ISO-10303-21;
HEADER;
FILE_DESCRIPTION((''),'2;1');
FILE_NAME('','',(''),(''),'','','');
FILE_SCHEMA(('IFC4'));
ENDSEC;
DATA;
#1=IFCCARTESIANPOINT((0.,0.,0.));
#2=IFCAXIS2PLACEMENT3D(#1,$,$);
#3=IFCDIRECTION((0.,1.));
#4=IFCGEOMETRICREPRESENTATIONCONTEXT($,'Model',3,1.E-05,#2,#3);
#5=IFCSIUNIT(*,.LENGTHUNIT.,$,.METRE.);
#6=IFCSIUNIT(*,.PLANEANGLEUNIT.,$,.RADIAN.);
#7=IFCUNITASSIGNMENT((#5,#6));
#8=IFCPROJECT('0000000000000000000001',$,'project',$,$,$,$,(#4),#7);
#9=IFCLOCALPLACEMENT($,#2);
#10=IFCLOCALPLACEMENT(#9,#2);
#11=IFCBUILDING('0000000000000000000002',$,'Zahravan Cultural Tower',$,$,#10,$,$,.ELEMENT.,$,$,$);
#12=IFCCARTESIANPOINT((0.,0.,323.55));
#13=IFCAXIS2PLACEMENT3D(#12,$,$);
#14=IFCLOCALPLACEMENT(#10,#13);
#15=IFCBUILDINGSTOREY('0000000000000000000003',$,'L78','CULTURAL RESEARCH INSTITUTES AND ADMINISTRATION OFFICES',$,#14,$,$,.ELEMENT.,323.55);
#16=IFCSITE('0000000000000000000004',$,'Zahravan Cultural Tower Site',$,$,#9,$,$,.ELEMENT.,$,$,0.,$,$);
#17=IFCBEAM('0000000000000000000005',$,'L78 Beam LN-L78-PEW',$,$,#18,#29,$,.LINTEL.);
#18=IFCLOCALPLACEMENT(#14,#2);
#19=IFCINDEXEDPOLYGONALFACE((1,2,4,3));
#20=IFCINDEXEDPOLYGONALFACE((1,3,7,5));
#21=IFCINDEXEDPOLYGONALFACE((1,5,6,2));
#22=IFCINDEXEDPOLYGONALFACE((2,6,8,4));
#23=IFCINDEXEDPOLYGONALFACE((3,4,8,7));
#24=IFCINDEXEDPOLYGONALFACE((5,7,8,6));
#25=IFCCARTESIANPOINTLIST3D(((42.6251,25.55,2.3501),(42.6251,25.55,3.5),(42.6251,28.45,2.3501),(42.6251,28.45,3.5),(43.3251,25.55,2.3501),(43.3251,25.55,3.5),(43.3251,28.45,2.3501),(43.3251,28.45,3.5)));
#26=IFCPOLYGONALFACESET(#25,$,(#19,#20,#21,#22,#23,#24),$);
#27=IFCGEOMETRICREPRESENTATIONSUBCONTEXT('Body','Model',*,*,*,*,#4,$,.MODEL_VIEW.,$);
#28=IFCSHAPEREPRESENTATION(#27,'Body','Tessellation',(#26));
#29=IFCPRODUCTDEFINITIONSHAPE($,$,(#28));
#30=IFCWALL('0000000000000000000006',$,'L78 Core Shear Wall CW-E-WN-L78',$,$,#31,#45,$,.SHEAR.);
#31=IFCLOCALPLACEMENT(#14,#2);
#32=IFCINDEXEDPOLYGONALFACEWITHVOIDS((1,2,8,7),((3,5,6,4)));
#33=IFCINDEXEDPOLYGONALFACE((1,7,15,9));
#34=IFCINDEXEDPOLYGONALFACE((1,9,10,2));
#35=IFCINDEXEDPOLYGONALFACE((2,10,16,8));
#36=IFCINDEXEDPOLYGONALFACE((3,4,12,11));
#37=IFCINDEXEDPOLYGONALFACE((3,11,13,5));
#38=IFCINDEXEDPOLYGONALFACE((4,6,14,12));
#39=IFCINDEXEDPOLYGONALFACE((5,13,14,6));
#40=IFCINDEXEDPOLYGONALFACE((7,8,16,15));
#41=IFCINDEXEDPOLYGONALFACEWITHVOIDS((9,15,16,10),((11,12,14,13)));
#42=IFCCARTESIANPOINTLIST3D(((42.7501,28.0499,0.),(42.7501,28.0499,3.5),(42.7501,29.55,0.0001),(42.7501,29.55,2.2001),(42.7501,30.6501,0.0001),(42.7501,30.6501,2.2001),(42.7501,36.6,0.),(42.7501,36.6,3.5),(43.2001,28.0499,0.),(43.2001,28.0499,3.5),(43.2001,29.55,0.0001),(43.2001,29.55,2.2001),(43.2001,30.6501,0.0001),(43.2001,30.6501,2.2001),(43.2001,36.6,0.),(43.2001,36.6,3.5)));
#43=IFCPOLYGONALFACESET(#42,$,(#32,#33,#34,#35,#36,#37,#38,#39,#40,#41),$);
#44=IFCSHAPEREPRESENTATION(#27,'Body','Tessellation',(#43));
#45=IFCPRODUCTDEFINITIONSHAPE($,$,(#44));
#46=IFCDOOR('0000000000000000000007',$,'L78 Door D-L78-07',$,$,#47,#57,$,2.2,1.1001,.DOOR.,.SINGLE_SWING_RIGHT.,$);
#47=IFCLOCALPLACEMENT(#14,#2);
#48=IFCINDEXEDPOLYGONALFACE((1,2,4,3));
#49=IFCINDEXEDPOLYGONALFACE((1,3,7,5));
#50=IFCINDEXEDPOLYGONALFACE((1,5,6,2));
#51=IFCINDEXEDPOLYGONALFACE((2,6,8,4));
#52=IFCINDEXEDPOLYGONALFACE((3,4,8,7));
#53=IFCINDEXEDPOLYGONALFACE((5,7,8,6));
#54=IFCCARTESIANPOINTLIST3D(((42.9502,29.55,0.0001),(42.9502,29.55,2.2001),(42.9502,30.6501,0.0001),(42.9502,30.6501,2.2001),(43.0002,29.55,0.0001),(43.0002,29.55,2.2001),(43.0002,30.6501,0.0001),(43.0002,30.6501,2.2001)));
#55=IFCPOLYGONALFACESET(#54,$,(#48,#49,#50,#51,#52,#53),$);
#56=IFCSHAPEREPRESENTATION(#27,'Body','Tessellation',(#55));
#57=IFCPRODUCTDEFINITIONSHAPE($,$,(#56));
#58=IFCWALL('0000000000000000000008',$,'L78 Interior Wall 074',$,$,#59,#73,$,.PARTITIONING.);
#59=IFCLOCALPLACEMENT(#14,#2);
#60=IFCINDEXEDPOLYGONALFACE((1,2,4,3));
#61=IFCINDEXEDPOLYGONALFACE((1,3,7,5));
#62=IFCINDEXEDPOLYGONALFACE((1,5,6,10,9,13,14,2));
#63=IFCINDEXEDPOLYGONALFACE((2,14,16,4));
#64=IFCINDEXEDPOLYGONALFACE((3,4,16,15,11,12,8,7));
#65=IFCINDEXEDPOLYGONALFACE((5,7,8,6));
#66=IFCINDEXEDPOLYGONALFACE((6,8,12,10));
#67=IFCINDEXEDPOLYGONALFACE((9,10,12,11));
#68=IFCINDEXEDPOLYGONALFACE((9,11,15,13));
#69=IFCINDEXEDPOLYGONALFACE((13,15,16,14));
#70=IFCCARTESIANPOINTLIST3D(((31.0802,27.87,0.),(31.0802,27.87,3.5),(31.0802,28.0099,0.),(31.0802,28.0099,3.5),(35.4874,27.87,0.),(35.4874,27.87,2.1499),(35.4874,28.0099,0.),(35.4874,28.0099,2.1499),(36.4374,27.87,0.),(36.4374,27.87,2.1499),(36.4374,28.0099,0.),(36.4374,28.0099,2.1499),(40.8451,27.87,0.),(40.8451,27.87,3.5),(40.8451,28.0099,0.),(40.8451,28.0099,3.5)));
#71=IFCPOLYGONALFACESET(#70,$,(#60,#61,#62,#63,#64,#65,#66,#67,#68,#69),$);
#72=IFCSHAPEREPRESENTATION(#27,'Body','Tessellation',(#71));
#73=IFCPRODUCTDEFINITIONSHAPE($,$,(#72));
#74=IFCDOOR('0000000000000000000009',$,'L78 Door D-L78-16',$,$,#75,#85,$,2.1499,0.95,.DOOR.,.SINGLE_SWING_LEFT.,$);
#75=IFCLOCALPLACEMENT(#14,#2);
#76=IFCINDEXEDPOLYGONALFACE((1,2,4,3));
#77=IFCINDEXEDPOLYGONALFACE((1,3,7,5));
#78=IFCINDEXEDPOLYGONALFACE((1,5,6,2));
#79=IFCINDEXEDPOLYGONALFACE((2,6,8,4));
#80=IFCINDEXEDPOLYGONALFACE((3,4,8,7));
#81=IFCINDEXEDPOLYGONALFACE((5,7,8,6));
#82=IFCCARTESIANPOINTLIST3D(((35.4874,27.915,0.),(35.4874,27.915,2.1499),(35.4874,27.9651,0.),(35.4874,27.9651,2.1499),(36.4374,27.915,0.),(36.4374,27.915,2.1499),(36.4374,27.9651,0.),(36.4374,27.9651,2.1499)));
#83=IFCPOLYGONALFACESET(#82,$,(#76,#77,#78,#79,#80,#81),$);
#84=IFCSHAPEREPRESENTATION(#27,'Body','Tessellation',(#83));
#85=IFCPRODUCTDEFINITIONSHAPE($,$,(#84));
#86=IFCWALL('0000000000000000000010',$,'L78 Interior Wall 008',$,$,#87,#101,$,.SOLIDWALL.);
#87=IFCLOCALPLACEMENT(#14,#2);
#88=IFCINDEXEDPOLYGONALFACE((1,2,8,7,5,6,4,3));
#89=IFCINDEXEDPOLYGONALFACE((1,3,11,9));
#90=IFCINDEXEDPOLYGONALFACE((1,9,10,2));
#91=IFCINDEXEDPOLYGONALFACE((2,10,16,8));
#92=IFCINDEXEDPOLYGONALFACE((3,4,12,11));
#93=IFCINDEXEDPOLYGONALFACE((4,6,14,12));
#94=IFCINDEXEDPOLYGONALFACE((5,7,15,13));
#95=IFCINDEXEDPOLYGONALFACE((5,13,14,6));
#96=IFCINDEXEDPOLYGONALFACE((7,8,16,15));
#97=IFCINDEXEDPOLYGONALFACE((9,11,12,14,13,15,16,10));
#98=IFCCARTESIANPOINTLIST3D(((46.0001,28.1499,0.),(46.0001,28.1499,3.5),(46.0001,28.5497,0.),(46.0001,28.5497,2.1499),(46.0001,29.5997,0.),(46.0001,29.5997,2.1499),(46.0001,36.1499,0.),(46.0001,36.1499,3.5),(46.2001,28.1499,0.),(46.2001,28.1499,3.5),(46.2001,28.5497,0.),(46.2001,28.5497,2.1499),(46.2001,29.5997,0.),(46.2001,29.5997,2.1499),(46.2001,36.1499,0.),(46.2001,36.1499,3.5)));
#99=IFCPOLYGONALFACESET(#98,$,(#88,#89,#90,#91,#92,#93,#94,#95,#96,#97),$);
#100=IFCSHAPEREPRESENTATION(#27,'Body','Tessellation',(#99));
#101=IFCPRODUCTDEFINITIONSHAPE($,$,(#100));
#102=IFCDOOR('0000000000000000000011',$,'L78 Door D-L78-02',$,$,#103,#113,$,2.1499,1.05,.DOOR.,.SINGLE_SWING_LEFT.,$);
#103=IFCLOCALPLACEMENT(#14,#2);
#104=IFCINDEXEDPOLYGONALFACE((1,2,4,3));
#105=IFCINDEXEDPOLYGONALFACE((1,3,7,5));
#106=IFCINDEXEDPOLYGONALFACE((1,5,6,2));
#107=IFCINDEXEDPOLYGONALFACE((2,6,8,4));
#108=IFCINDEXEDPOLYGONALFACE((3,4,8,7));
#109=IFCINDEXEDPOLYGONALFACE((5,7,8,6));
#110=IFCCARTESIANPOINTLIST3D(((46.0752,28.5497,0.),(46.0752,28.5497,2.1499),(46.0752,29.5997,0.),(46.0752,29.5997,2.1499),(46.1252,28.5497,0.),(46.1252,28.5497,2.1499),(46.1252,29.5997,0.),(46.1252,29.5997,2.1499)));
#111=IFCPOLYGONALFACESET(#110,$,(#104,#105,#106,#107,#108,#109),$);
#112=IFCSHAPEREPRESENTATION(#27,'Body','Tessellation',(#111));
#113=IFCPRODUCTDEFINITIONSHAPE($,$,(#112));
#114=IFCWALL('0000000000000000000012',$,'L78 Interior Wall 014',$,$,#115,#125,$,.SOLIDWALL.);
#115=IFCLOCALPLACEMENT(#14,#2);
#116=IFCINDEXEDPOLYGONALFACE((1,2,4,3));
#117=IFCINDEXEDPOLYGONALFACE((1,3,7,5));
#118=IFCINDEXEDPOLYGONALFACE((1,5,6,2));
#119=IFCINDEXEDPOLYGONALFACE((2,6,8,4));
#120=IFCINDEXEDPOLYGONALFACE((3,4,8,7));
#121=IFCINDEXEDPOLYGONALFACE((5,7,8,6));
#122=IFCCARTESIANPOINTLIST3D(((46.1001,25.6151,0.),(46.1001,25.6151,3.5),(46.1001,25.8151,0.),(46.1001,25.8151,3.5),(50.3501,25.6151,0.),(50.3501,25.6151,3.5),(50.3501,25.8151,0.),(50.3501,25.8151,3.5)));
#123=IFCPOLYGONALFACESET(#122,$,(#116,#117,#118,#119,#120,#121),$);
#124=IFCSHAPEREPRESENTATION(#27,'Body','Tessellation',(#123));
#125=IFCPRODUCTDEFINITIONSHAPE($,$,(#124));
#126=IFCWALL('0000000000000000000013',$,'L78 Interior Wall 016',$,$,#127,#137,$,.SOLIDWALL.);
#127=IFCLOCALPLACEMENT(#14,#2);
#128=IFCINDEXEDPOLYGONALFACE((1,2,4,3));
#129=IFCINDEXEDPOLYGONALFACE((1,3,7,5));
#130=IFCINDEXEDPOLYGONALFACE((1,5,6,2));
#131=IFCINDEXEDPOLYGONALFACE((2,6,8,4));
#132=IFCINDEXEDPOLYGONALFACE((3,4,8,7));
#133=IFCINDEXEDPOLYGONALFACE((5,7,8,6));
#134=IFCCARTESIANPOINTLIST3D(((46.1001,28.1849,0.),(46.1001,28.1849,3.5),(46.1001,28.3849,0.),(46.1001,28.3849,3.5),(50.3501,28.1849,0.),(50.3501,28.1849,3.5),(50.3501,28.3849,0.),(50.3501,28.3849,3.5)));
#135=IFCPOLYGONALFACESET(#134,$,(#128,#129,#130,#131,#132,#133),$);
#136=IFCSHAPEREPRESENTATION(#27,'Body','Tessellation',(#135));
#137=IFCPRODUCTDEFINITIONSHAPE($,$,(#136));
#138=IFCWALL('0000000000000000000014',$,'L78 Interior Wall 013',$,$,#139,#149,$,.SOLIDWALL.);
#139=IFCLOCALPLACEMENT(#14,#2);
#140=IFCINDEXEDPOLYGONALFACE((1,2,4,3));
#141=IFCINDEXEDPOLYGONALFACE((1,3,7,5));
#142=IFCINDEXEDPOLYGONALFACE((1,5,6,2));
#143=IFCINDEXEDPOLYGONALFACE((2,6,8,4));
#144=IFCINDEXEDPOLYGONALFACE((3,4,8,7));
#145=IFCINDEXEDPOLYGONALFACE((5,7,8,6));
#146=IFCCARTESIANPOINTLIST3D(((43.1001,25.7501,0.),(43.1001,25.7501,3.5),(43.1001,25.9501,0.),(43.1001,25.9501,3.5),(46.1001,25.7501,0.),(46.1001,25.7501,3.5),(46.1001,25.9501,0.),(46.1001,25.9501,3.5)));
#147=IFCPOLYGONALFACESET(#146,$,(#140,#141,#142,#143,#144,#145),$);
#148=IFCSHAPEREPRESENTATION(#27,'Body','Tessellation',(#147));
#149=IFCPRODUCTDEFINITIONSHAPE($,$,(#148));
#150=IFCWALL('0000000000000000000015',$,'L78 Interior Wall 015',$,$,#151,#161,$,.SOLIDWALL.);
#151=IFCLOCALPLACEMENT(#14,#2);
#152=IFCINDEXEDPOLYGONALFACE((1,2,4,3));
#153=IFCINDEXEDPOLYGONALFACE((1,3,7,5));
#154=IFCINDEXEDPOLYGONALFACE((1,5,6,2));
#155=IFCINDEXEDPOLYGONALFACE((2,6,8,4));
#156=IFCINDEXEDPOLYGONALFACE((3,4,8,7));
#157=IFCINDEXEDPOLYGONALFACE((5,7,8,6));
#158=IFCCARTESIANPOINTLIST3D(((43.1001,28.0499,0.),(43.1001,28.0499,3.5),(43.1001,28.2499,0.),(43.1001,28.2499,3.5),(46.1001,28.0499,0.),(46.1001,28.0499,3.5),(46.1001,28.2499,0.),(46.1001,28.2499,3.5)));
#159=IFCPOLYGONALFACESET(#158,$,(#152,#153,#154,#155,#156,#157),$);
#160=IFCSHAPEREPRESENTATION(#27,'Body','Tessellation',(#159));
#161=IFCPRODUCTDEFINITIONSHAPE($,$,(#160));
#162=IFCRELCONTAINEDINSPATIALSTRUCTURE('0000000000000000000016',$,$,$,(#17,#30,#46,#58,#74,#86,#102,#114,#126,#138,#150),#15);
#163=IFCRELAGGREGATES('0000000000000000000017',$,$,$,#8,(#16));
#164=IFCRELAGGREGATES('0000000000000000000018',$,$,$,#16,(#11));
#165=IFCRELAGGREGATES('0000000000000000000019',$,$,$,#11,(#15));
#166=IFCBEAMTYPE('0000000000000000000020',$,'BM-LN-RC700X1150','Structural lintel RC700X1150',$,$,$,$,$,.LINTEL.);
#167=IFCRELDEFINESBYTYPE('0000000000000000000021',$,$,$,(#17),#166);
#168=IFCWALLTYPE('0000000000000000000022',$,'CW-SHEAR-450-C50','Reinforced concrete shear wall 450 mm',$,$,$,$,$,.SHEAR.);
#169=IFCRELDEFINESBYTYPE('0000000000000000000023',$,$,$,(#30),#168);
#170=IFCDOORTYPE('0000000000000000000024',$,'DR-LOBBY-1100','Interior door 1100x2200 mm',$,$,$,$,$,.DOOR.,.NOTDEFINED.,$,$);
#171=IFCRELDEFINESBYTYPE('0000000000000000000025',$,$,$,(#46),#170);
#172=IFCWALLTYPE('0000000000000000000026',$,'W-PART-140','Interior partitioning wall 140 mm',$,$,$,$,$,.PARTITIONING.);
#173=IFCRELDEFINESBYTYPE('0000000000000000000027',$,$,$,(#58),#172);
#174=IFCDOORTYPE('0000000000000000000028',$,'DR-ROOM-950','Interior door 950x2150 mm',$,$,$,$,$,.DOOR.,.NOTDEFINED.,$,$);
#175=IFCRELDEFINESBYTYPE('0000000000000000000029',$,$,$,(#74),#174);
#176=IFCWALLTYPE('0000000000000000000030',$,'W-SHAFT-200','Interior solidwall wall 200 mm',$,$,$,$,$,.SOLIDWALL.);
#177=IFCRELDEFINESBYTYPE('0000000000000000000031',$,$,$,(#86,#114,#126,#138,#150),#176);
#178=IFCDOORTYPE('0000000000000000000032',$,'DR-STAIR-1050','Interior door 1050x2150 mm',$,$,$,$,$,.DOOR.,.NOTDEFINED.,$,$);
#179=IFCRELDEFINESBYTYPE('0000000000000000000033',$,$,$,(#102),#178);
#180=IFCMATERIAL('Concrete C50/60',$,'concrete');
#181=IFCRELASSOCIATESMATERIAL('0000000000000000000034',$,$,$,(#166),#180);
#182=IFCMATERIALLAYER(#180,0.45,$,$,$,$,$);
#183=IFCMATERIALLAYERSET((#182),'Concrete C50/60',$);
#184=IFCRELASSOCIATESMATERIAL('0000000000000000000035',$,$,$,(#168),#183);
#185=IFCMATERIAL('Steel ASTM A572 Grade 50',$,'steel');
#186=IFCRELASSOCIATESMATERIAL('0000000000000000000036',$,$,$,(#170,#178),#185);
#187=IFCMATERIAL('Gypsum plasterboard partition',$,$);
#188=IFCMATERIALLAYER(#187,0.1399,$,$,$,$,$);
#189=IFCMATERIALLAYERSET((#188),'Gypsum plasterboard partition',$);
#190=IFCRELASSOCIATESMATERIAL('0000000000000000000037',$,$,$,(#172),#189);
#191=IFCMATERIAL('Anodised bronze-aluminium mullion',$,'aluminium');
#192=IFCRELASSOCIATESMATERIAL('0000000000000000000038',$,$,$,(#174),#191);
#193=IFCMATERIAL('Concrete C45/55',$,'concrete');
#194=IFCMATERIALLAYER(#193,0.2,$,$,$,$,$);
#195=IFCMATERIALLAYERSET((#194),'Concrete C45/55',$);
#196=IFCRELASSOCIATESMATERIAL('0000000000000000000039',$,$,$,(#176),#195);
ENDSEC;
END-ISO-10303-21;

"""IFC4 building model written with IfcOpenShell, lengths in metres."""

from ifc_helpers import new_model, si_unit, direction, frame, frame_2d, origin, origin_2d, place, context, subcontext, project, spatial, rectangle, extrude, source, transform, mapped, material, layer, layer_set, material_profile, profile_set, type_object, element, fill, save


model = new_model("IFC4")

# Units and contexts
model_context = context("Model", 3, precision=1e-05, world=origin(), true_north=direction((0.0, 1.0)))
body_context = subcontext(model_context, "Body", "Model", "MODEL_VIEW")
ifc_project = project(units=[si_unit("LENGTHUNIT", "METRE"), si_unit("PLANEANGLEUNIT", "RADIAN")], contexts=[model_context])

# Site, building, storey
site_placement = place(None, origin())
site = spatial("IfcSite", under=ifc_project, at=site_placement, Name="Zahravan Cultural Tower Site", CompositionType="ELEMENT", RefElevation=0.0)
building_placement = place(site_placement, origin())
building = spatial("IfcBuilding", under=site, at=building_placement, Name="Zahravan Cultural Tower", CompositionType="ELEMENT")
storey_placement = place(building_placement, frame((0.0, 0.0, 323.55)))
storey = spatial("IfcBuildingStorey", under=building, at=storey_placement, Name="L78", Description="CULTURAL RESEARCH INSTITUTES AND ADMINISTRATION OFFICES", CompositionType="ELEMENT", Elevation=323.55)

# Beam
ifc_material_1 = material(Name="Concrete C50/60", Category="concrete")
ifc_material_profile = material_profile(ifc_material_1, rectangle(XDim=0.7, YDim=1.1499, at=origin_2d()), Name="RC700X1150")
ifc_profile_set = profile_set([ifc_material_profile], Name="Concrete C50/60")
beam_type = type_object("IfcBeamType", Name="BM-LN-RC700X1150", Description="Structural lintel RC700X1150", PredefinedType="LINTEL", material=ifc_profile_set)
shared_shape_1 = source(origin(), body_context, "Body", "SweptSolid", [
    extrude(rectangle(XDim=0.7, YDim=1.1499, at=origin_2d()), origin(), (0.0, 0.0, 1.0), 2.8999),
])
beam_placement = place(storey_placement, frame((42.9751, 25.55, 2.925), z_axis=(0.0, 1.0, 0.0), x_axis=(-1.0, 0.0, 0.0)))
element("IfcBeam", 1, at=beam_placement, inside=storey, type_object=beam_type, Name="L78 Beam LN-L78-PEW", PredefinedType="LINTEL", context=body_context, shape_type="MappedRepresentation", body=[
    mapped(shared_shape_1, transform((0.0, 0.0, 0.0), x_axis=(1.0, 0.0, 0.0), y_axis=(0.0, 1.0, 0.0), z_axis=(0.0, 0.0, 1.0), scale=1.0)),
])

# Walls, openings, doors
ifc_layer_1 = layer(ifc_material_1, 0.45)
ifc_layer_set_1 = layer_set([ifc_layer_1], Name="Concrete C50/60")
wall_type_1 = type_object("IfcWallType", Name="CW-SHEAR-450-C50", Description="Reinforced concrete shear wall 450 mm", PredefinedType="SHEAR", material=ifc_layer_set_1)
wall_1_placement = place(storey_placement, frame((42.9751, 28.05, 0.0), z_axis=(0.0, 0.0, 1.0), x_axis=(0.0, 1.0, 0.0)))
wall_1 = element("IfcWall", 2, at=wall_1_placement, inside=storey, type_object=wall_type_1, Name="L78 Core Shear Wall CW-E-WN-L78", PredefinedType="SHEAR", context=body_context, shape_type="SweptSolid", body=[
    extrude(rectangle(XDim=8.55, YDim=0.45, at=frame_2d((4.2749, 0.0))), origin(), (0.0, 0.0, 1.0), 3.5),
])
opening_1_placement = place(wall_1_placement, frame((1.5, 0.0, 0.0)))
opening_1 = element("IfcOpeningElement", 3, at=opening_1_placement, cuts=wall_1, PredefinedType="OPENING", context=body_context, shape_type="SweptSolid", body=[
    extrude(rectangle(XDim=1.1001, YDim=2.2, at=frame_2d((0.55, 1.1001))), frame((0.0, 0.2349, 0.0), z_axis=(0.0, -1.0, 0.0), x_axis=(1.0, 0.0, 0.0)), (0.0, 0.0, 1.0), 0.47),
])
ifc_material_2 = material(Name="Steel ASTM A572 Grade 50", Category="steel")
door_type_1 = type_object("IfcDoorType", Name="DR-LOBBY-1100", Description="Interior door 1100x2200 mm", OperationType="NOTDEFINED", PredefinedType="DOOR", material=ifc_material_2)
shared_shape_2 = source(origin(), body_context, "Body", "SweptSolid", [
    extrude(rectangle(XDim=1.1001, YDim=2.2, at=frame_2d((0.55, 1.1001))), frame((0.0, 0.0249, 0.0), z_axis=(0.0, -1.0, 0.0), x_axis=(1.0, 0.0, 0.0)), (0.0, 0.0, 1.0), 0.05),
])
door_1_placement = place(opening_1_placement, origin())
door_1 = element("IfcDoor", 4, at=door_1_placement, inside=storey, type_object=door_type_1, Name="L78 Door D-L78-07", OperationType="SINGLE_SWING_RIGHT", OverallHeight=2.2, OverallWidth=1.1001, PredefinedType="DOOR", context=body_context, shape_type="MappedRepresentation", body=[
    mapped(shared_shape_2, transform((0.0, 0.0, 0.0), x_axis=(1.0, 0.0, 0.0), y_axis=(0.0, 1.0, 0.0), z_axis=(0.0, 0.0, 1.0), scale=1.0)),
])
fill(opening_1, door_1)
ifc_material_3 = material(Name="Gypsum plasterboard partition")
ifc_layer_2 = layer(ifc_material_3, 0.1399)
ifc_layer_set_2 = layer_set([ifc_layer_2], Name="Gypsum plasterboard partition")
wall_type_2 = type_object("IfcWallType", Name="W-PART-140", Description="Interior partitioning wall 140 mm", PredefinedType="PARTITIONING", material=ifc_layer_set_2)
wall_2_placement = place(storey_placement, frame((40.845, 27.9399, 0.0), z_axis=(0.0, 0.0, 1.0), x_axis=(-1.0, 0.0, 0.0)))
wall_2 = element("IfcWall", 5, at=wall_2_placement, inside=storey, type_object=wall_type_2, Name="L78 Interior Wall 074", PredefinedType="PARTITIONING", context=body_context, shape_type="SweptSolid", body=[
    extrude(rectangle(XDim=9.7649, YDim=0.1399, at=frame_2d((4.8823, 0.0))), origin(), (0.0, 0.0, 1.0), 3.5),
])
opening_2_placement = place(wall_2_placement, frame((4.4075, 0.0, 0.0)))
opening_2 = element("IfcOpeningElement", 6, at=opening_2_placement, cuts=wall_2, PredefinedType="OPENING", context=body_context, shape_type="SweptSolid", body=[
    extrude(rectangle(XDim=0.95, YDim=2.1499, at=frame_2d((0.4751, 1.075))), frame((0.0, 0.0798, 0.0), z_axis=(0.0, -1.0, 0.0), x_axis=(1.0, 0.0, 0.0)), (0.0, 0.0, 1.0), 0.1599),
])
ifc_material_4 = material(Name="Anodised bronze-aluminium mullion", Category="aluminium")
door_type_2 = type_object("IfcDoorType", Name="DR-ROOM-950", Description="Interior door 950x2150 mm", OperationType="NOTDEFINED", PredefinedType="DOOR", material=ifc_material_4)
shared_shape_3 = source(origin(), body_context, "Body", "SweptSolid", [
    extrude(rectangle(XDim=0.95, YDim=2.1499, at=frame_2d((0.4751, 1.075))), frame((0.0, 0.0249, 0.0), z_axis=(0.0, -1.0, 0.0), x_axis=(1.0, 0.0, 0.0)), (0.0, 0.0, 1.0), 0.05),
])
door_2_placement = place(opening_2_placement, origin())
door_2 = element("IfcDoor", 7, at=door_2_placement, inside=storey, type_object=door_type_2, Name="L78 Door D-L78-16", OperationType="SINGLE_SWING_LEFT", OverallHeight=2.1499, OverallWidth=0.95, PredefinedType="DOOR", context=body_context, shape_type="MappedRepresentation", body=[
    mapped(shared_shape_3, transform((0.0, 0.0, 0.0), x_axis=(1.0, 0.0, 0.0), y_axis=(0.0, 1.0, 0.0), z_axis=(0.0, 0.0, 1.0), scale=1.0)),
])
fill(opening_2, door_2)
ifc_material_5 = material(Name="Concrete C45/55", Category="concrete")
ifc_layer_3 = layer(ifc_material_5, 0.2)
ifc_layer_set_3 = layer_set([ifc_layer_3], Name="Concrete C45/55")
wall_type_3 = type_object("IfcWallType", Name="W-SHAFT-200", Description="Interior solidwall wall 200 mm", PredefinedType="SOLIDWALL", material=ifc_layer_set_3)
wall_3_placement = place(storey_placement, frame((46.1001, 28.1499, 0.0), z_axis=(0.0, 0.0, 1.0), x_axis=(0.0, 1.0, 0.0)))
wall_3 = element("IfcWall", 8, at=wall_3_placement, inside=storey, type_object=wall_type_3, Name="L78 Interior Wall 008", PredefinedType="SOLIDWALL", context=body_context, shape_type="SweptSolid", body=[
    extrude(rectangle(XDim=8.0, YDim=0.2, at=frame_2d((4.0, 0.0))), origin(), (0.0, 0.0, 1.0), 3.5),
])
opening_3_placement = place(wall_3_placement, frame((0.3999, 0.0, 0.0)))
opening_3 = element("IfcOpeningElement", 9, at=opening_3_placement, cuts=wall_3, PredefinedType="OPENING", context=body_context, shape_type="SweptSolid", body=[
    extrude(rectangle(XDim=1.05, YDim=2.1499, at=frame_2d((0.5249, 1.075))), frame((0.0, 0.1099, 0.0), z_axis=(0.0, -1.0, 0.0), x_axis=(1.0, 0.0, 0.0)), (0.0, 0.0, 1.0), 0.22),
])
door_type_3 = type_object("IfcDoorType", Name="DR-STAIR-1050", Description="Interior door 1050x2150 mm", OperationType="NOTDEFINED", PredefinedType="DOOR", material=ifc_material_2)
shared_shape_4 = source(origin(), body_context, "Body", "SweptSolid", [
    extrude(rectangle(XDim=1.05, YDim=2.1499, at=frame_2d((0.5249, 1.075))), frame((0.0, 0.0249, 0.0), z_axis=(0.0, -1.0, 0.0), x_axis=(1.0, 0.0, 0.0)), (0.0, 0.0, 1.0), 0.05),
])
door_3_placement = place(opening_3_placement, origin())
door_3 = element("IfcDoor", 10, at=door_3_placement, inside=storey, type_object=door_type_3, Name="L78 Door D-L78-02", OperationType="SINGLE_SWING_LEFT", OverallHeight=2.1499, OverallWidth=1.05, PredefinedType="DOOR", context=body_context, shape_type="MappedRepresentation", body=[
    mapped(shared_shape_4, transform((0.0, 0.0, 0.0), x_axis=(1.0, 0.0, 0.0), y_axis=(0.0, 1.0, 0.0), z_axis=(0.0, 0.0, 1.0), scale=1.0)),
])
fill(opening_3, door_3)

# Walls
shared_shape_5 = source(origin(), body_context, "Body", "SweptSolid", [
    extrude(rectangle(XDim=4.25, YDim=0.2, at=frame_2d((2.125, 0.0))), origin(), (0.0, 0.0, 1.0), 3.5),
])
for number, where, z_axis, x_axis, name in (
    (11, (46.1001, 25.7151, 0.0), (0.0, 0.0, 1.0), (1.0, 0.0, 0.0), "L78 Interior Wall 014"),
    (12, (46.1001, 28.2849, 0.0), (0.0, 0.0, 1.0), (1.0, 0.0, 0.0), "L78 Interior Wall 016"),
):
    element("IfcWall", number, at=place(storey_placement, frame(where, z_axis=z_axis, x_axis=x_axis)), inside=storey, type_object=wall_type_3, Name=name, PredefinedType="SOLIDWALL", context=body_context, shape_type="MappedRepresentation", body=[
        mapped(shared_shape_5, transform((0.0, 0.0, 0.0), x_axis=(1.0, 0.0, 0.0), y_axis=(0.0, 1.0, 0.0), z_axis=(0.0, 0.0, 1.0), scale=1.0)),
    ])
shared_shape_6 = source(origin(), body_context, "Body", "SweptSolid", [
    extrude(rectangle(XDim=3.0, YDim=0.2, at=frame_2d((1.5, 0.0))), origin(), (0.0, 0.0, 1.0), 3.5),
])
for number, where, z_axis, x_axis, name in (
    (13, (43.1001, 25.8501, 0.0), (0.0, 0.0, 1.0), (1.0, 0.0, 0.0), "L78 Interior Wall 013"),
    (14, (43.1001, 28.1499, 0.0), (0.0, 0.0, 1.0), (1.0, 0.0, 0.0), "L78 Interior Wall 015"),
):
    element("IfcWall", number, at=place(storey_placement, frame(where, z_axis=z_axis, x_axis=x_axis)), inside=storey, type_object=wall_type_3, Name=name, PredefinedType="SOLIDWALL", context=body_context, shape_type="MappedRepresentation", body=[
        mapped(shared_shape_6, transform((0.0, 0.0, 0.0), x_axis=(1.0, 0.0, 0.0), y_axis=(0.0, 1.0, 0.0), z_axis=(0.0, 0.0, 1.0), scale=1.0)),
    ])

save(model, "model.ifc")
